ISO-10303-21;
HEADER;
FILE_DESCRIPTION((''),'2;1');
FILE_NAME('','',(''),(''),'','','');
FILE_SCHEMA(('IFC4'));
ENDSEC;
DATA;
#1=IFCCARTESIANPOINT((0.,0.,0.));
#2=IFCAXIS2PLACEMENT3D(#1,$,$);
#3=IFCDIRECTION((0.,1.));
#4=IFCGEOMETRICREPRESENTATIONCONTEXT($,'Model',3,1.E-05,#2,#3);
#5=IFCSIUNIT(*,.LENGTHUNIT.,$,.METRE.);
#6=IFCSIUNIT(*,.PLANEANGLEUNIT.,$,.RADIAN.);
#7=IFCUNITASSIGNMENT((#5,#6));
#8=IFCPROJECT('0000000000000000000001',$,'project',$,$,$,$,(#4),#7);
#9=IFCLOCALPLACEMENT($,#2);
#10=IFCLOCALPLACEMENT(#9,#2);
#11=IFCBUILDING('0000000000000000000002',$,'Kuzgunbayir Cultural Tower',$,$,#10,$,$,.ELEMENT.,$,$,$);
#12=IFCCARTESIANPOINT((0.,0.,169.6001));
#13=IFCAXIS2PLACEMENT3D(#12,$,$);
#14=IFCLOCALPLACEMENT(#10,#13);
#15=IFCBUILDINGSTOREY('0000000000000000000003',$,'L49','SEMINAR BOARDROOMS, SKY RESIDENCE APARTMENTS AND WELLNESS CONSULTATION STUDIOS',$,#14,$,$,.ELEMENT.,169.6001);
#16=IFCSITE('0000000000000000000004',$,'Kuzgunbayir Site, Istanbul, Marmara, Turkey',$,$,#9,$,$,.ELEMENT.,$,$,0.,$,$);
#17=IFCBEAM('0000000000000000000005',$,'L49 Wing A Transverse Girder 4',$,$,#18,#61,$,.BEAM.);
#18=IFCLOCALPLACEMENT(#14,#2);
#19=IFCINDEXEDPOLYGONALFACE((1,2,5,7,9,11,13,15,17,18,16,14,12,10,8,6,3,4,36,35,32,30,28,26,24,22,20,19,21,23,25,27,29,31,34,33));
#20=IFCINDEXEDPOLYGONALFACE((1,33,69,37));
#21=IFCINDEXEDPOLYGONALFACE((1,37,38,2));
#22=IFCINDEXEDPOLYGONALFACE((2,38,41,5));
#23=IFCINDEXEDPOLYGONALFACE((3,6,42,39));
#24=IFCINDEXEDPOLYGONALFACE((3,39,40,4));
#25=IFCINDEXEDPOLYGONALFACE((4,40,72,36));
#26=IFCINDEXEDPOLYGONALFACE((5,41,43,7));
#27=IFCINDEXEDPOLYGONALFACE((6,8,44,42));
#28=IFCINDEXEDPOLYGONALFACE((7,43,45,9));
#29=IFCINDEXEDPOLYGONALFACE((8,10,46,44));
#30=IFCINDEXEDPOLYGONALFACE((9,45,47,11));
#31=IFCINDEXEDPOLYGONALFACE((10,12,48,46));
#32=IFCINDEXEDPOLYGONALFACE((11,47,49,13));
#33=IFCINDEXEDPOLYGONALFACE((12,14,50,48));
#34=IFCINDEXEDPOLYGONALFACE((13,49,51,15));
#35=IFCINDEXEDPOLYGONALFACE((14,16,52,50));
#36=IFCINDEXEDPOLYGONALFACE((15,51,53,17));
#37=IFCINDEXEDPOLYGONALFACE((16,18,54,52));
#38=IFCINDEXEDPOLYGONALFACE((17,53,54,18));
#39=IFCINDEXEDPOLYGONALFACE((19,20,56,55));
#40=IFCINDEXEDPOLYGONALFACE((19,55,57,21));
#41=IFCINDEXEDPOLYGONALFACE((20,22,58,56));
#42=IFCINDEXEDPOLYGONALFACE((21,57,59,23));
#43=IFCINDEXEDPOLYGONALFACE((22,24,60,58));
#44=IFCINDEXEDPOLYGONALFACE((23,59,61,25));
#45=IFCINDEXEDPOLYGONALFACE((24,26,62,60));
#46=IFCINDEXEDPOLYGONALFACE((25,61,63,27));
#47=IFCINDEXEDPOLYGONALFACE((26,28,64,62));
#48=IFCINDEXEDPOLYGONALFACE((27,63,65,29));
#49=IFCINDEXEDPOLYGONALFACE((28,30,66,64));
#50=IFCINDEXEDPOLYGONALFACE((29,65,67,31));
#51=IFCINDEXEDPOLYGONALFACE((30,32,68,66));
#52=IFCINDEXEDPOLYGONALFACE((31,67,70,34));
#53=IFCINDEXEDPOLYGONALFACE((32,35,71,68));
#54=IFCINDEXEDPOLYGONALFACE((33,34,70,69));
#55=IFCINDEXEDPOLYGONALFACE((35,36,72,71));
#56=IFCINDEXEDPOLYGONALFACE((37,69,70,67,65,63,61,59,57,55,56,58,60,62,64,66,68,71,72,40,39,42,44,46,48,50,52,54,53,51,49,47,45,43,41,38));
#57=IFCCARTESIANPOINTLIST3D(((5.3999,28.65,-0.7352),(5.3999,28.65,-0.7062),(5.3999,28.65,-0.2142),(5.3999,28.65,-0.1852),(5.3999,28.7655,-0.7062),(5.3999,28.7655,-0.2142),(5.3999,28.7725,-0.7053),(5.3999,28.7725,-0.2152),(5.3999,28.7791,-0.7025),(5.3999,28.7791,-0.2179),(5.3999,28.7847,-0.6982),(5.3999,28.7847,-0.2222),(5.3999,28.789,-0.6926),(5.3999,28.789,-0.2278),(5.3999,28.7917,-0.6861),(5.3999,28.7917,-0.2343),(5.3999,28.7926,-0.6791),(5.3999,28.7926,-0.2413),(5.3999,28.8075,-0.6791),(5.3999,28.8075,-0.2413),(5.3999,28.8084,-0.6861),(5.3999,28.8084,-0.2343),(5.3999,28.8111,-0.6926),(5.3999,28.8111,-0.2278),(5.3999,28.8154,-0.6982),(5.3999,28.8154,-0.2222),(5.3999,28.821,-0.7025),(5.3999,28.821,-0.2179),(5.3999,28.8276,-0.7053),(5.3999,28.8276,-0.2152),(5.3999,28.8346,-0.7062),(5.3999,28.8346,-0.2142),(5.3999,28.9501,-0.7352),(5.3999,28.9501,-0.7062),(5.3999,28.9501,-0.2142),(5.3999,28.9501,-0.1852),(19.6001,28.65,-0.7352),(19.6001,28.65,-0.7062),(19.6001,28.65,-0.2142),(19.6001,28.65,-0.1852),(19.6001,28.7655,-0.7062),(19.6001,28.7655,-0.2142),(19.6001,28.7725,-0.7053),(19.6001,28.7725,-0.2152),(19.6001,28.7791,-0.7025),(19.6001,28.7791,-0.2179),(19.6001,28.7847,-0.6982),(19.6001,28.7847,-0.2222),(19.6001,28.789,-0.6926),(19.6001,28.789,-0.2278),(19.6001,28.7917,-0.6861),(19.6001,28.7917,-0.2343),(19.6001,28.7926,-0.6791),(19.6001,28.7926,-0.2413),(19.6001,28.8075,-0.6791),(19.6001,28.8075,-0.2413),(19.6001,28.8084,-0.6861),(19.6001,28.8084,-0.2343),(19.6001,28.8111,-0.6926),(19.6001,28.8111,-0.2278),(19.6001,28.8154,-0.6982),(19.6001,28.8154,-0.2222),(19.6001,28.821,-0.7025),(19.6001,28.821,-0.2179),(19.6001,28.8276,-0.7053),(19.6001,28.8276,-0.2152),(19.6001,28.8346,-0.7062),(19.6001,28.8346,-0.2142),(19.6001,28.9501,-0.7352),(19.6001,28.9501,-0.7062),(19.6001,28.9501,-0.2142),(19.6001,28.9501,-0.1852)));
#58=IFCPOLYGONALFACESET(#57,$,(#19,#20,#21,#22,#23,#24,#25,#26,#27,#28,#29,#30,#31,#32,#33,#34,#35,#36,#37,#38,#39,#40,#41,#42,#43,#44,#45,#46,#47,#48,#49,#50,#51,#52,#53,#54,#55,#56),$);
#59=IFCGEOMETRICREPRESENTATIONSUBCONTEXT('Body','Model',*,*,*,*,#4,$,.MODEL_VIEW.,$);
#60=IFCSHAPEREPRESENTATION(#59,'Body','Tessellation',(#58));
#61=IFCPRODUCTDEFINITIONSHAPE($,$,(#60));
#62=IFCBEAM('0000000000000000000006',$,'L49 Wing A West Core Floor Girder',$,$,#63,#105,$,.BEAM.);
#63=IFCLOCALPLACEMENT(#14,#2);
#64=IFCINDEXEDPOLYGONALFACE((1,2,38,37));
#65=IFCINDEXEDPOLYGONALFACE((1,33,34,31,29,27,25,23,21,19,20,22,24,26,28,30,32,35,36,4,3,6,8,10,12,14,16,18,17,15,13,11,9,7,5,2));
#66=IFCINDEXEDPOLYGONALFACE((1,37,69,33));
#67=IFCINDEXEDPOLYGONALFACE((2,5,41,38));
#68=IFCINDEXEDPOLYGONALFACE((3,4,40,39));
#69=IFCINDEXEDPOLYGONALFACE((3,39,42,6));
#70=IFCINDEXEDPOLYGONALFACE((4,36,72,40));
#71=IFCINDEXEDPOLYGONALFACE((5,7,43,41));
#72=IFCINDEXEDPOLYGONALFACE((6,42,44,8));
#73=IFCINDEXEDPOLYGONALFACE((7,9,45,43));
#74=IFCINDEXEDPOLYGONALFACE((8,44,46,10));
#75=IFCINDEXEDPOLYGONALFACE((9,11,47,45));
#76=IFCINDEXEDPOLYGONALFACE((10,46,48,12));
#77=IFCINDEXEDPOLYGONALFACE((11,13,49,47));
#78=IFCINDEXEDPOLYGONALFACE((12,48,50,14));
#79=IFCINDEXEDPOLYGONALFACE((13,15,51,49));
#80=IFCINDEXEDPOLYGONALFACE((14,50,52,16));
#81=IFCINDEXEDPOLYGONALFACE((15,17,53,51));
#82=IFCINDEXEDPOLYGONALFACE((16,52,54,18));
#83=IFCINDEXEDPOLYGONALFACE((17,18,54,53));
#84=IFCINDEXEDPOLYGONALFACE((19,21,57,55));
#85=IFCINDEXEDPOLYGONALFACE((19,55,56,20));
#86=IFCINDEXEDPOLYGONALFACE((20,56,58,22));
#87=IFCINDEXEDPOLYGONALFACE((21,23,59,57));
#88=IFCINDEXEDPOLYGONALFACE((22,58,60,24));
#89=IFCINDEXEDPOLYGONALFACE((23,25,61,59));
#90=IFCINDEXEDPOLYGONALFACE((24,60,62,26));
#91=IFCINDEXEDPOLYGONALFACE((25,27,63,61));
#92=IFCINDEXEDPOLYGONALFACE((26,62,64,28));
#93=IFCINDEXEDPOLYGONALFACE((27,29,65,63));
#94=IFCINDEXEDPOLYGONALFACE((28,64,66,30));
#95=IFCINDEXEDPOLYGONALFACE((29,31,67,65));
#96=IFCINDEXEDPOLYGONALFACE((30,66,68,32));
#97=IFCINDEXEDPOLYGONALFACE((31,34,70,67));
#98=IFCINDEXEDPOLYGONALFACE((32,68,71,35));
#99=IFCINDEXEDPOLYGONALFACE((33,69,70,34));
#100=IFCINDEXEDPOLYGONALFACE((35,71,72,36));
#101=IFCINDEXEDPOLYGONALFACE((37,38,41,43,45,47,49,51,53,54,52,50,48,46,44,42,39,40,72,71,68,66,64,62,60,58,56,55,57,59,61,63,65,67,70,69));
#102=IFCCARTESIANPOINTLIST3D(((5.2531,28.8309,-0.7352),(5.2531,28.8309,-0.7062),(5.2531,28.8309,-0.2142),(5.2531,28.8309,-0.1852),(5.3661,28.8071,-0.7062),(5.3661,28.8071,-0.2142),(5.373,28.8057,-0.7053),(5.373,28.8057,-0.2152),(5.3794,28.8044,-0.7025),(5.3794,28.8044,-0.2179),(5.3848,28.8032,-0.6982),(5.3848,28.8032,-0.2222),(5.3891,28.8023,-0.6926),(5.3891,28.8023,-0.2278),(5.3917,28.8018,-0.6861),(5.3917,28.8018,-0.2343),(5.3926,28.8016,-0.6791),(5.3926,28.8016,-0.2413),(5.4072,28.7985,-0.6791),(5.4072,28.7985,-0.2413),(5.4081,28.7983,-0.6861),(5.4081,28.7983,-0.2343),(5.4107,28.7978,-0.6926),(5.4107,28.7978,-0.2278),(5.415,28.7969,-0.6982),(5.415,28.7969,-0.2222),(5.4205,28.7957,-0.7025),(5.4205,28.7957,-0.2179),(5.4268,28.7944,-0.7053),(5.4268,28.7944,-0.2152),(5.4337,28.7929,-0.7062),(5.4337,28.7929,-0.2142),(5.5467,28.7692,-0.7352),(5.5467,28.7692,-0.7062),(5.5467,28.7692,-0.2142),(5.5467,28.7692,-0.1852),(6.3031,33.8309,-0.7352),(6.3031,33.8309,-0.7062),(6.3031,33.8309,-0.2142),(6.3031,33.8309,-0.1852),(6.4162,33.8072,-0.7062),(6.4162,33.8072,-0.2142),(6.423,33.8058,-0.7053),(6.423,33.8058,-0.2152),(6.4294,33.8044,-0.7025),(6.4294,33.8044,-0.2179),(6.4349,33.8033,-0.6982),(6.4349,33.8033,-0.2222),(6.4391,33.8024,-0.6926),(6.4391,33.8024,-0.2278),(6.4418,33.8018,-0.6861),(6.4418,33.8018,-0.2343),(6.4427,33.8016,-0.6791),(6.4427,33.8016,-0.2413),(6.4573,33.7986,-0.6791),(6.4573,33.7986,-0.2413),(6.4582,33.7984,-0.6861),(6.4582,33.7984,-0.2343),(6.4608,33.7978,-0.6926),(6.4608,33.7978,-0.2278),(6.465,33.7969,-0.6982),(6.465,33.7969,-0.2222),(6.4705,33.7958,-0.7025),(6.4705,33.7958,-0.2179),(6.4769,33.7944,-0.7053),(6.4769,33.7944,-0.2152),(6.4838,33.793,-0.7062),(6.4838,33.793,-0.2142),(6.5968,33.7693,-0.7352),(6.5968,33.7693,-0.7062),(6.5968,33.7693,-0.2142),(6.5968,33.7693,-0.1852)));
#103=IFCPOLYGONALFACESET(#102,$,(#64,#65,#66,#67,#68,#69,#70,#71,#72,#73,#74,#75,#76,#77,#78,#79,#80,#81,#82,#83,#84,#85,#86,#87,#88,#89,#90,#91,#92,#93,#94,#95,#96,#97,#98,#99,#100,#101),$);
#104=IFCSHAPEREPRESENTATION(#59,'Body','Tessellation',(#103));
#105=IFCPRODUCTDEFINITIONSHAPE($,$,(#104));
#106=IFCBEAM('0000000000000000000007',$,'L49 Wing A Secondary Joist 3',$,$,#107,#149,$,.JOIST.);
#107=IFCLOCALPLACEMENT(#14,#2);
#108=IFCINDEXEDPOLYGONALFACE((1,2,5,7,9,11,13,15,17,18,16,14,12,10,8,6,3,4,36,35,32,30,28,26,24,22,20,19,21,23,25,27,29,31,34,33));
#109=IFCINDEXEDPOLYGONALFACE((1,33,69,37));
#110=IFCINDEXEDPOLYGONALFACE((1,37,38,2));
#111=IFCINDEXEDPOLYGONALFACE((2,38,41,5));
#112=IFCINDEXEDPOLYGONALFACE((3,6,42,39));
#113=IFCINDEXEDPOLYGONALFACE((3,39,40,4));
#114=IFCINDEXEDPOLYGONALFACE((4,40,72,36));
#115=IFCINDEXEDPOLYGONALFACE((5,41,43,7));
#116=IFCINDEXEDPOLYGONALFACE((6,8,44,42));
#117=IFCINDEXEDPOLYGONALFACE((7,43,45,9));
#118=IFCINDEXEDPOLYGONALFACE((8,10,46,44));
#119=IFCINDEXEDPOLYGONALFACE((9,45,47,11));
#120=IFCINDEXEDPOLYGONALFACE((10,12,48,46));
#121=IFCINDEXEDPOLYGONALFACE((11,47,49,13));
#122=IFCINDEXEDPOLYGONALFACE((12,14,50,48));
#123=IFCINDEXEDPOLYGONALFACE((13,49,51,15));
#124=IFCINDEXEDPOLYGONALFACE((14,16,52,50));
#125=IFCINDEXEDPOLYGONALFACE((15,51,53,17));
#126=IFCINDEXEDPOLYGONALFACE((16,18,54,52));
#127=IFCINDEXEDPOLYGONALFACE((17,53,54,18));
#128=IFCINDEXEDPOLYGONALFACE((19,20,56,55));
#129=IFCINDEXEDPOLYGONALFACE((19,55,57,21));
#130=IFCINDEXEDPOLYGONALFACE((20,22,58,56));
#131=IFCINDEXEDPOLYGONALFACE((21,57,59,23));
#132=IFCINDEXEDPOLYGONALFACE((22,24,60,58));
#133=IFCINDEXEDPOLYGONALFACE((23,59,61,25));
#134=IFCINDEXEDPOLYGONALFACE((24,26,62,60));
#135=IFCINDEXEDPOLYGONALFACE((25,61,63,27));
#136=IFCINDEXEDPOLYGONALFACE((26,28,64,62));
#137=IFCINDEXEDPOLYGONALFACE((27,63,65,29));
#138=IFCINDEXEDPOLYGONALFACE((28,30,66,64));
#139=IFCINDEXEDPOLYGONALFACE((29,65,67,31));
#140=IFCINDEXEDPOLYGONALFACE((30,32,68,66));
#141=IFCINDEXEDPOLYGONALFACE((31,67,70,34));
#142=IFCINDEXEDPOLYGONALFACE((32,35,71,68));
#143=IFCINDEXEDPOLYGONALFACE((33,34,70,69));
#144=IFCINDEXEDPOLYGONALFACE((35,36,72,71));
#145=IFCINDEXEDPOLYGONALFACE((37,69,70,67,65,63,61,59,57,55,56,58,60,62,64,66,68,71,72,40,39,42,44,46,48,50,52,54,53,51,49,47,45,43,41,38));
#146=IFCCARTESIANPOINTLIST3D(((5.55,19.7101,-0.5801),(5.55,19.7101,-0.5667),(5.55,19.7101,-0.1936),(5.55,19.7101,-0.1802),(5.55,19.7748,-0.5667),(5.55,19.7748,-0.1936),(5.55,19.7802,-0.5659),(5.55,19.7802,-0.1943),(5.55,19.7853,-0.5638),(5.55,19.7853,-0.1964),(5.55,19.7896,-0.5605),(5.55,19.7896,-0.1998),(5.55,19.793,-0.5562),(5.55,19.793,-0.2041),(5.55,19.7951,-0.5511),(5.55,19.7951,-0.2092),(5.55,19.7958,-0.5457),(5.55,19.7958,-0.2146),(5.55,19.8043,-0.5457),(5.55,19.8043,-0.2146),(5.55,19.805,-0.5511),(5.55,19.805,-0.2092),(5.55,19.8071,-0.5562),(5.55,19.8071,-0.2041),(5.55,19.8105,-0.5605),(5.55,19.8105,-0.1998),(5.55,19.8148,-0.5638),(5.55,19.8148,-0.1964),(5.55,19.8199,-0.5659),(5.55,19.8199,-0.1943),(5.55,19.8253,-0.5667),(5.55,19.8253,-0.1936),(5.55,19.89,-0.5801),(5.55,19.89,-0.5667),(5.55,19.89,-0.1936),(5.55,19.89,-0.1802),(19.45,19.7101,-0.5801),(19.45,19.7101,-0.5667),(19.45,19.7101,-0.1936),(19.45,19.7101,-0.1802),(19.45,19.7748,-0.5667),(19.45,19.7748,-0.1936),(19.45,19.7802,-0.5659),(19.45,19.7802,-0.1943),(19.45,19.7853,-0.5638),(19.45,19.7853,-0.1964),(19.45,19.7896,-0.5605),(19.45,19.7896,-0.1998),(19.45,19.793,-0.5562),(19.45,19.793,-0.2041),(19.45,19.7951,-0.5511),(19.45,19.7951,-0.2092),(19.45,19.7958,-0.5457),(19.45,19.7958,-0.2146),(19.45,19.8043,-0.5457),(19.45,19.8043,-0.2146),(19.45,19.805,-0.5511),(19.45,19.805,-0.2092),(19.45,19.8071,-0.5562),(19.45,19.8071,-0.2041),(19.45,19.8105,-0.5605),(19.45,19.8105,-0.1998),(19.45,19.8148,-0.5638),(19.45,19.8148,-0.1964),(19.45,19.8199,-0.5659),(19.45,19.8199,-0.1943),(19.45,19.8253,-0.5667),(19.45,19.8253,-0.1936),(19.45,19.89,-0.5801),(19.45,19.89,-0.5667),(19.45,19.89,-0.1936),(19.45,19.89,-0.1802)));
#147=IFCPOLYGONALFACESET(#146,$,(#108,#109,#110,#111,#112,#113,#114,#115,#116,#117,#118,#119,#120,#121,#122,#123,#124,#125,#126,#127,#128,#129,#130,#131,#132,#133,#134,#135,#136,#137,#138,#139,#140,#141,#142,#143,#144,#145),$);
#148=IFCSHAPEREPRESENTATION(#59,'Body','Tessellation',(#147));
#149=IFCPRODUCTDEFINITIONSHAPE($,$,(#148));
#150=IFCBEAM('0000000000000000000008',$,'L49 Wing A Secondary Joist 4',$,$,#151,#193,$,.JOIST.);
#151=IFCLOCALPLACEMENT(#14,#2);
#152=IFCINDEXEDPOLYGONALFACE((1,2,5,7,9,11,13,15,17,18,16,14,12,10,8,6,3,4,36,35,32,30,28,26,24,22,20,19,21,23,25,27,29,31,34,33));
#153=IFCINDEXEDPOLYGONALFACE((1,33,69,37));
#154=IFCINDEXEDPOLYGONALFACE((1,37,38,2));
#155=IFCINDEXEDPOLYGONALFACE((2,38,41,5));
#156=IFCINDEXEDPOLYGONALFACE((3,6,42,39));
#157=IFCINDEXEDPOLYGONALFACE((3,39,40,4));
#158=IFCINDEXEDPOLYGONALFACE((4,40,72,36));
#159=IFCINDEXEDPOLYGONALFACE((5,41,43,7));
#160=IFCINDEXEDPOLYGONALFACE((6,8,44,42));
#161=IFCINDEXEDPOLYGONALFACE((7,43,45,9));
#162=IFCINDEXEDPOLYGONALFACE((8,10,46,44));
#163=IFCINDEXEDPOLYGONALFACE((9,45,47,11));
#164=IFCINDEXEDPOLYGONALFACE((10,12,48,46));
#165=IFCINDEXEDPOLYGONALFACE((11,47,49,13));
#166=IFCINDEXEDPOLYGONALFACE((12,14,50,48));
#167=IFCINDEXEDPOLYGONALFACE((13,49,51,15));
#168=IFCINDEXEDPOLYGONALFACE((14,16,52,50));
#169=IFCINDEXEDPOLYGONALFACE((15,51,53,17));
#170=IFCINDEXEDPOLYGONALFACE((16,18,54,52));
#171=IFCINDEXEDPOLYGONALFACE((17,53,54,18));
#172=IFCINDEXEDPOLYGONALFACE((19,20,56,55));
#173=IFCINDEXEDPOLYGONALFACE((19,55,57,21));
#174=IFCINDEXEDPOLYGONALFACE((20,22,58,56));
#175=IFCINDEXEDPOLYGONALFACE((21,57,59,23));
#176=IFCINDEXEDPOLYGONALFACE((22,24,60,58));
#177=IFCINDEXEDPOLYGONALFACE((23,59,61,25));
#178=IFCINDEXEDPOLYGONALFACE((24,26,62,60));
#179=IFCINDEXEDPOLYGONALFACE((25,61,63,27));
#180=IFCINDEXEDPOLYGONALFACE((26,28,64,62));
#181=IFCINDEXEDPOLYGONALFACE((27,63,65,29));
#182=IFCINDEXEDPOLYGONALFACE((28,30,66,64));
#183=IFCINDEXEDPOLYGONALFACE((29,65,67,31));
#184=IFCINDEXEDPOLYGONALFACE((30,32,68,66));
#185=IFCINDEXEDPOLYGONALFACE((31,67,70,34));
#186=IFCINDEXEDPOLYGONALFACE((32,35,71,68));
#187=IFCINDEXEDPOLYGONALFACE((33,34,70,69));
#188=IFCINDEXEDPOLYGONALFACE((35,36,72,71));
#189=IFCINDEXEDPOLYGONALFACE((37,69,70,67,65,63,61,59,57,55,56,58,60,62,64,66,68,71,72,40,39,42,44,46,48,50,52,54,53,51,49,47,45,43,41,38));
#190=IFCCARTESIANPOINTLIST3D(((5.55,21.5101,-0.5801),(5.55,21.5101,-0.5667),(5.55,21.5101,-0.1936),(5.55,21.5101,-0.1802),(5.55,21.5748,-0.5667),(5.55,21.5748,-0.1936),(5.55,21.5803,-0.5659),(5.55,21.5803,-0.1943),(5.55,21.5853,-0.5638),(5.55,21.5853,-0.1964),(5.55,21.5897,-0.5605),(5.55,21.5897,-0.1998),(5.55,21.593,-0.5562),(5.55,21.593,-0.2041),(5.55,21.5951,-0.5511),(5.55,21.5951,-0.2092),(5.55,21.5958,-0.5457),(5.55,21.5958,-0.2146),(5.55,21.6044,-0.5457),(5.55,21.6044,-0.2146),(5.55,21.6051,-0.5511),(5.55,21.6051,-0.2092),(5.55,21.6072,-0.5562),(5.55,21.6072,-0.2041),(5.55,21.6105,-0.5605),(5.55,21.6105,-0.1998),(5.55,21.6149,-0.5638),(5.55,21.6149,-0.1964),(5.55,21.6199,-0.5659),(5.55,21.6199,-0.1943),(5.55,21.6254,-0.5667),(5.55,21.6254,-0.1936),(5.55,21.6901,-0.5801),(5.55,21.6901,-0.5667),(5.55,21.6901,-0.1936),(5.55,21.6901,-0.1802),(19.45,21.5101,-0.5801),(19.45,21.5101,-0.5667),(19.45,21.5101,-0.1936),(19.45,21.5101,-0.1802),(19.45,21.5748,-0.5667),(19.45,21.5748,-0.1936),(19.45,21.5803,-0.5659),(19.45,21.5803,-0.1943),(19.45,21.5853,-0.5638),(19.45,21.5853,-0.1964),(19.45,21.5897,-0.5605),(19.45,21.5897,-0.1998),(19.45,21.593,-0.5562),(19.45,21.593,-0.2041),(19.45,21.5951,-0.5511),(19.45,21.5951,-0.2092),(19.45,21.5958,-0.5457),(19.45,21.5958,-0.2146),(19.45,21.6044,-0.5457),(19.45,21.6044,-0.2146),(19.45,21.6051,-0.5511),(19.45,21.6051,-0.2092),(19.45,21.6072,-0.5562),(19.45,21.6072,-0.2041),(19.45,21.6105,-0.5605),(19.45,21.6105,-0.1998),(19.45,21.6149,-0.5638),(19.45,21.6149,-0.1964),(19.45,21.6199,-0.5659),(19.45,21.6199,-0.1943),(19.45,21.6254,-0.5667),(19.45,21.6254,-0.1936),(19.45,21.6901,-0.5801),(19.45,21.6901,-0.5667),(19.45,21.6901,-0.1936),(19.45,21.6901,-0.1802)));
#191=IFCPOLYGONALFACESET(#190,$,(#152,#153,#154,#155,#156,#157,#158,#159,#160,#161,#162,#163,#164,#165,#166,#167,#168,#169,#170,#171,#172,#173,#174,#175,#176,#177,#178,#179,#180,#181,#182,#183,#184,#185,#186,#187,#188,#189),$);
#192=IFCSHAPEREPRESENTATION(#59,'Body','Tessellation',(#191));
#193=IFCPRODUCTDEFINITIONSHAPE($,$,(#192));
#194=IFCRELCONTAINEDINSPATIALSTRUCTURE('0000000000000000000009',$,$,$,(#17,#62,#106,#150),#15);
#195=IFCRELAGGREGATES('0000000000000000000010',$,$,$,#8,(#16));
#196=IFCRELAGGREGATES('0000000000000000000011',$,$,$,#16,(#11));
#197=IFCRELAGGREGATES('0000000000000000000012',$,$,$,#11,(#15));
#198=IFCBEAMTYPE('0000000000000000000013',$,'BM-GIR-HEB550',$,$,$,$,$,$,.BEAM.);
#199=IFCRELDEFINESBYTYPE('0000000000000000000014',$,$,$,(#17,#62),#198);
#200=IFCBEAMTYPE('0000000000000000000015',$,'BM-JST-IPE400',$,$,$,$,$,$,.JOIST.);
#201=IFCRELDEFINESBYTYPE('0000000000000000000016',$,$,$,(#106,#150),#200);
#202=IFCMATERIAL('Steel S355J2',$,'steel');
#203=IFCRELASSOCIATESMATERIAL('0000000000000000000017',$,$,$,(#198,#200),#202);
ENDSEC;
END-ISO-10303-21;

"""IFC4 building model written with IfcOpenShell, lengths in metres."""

from ifc_helpers import new_model, si_unit, direction, frame, origin, origin_2d, place, context, subcontext, project, spatial, i_section, extrude, material, material_profile, profile_set, type_object, element, save


model = new_model("IFC4")

# Units and contexts
model_context = context("Model", 3, precision=1e-05, world=origin(), true_north=direction((0.0, 1.0)))
body_context = subcontext(model_context, "Body", "Model", "MODEL_VIEW")
ifc_project = project(units=[si_unit("LENGTHUNIT", "METRE"), si_unit("PLANEANGLEUNIT", "RADIAN")], contexts=[model_context])

# Site, building, storey
site_placement = place(None, origin())
site = spatial("IfcSite", under=ifc_project, at=site_placement, Name="Kuzgunbayir Site, Istanbul, Marmara, Turkey", CompositionType="ELEMENT", RefElevation=0.0)
building_placement = place(site_placement, origin())
building = spatial("IfcBuilding", under=site, at=building_placement, Name="Kuzgunbayir Cultural Tower", CompositionType="ELEMENT")
storey_placement = place(building_placement, frame((0.0, 0.0, 169.6001)))
storey = spatial("IfcBuildingStorey", under=building, at=storey_placement, Name="L49", Description="SEMINAR BOARDROOMS, SKY RESIDENCE APARTMENTS AND WELLNESS CONSULTATION STUDIOS", CompositionType="ELEMENT", Elevation=169.6001)

# Beams
ifc_material_1 = material(Name="Steel S355J2", Category="steel")
ifc_material_profile_1 = material_profile(ifc_material_1, i_section(OverallWidth=0.3, OverallDepth=0.55, WebThickness=0.0149, FlangeThickness=0.0291, FilletRadius=0.0271, at=origin_2d()), Name="HEB 550")
ifc_profile_set_1 = profile_set([ifc_material_profile_1], Name="Steel S355J2")
beam_type_1 = type_object("IfcBeamType", Name="BM-GIR-HEB550", PredefinedType="BEAM", material=ifc_profile_set_1)
for number, where, z_axis, x_axis, name in (
    (1, (5.3999, 28.8, -0.4602), (1.0, 0.0, 0.0), (0.0, 1.0, 0.0), "L49 Wing A Transverse Girder 4"),
):
    element("IfcBeam", number, at=place(storey_placement, frame(where, z_axis=z_axis, x_axis=x_axis)), inside=storey, type_object=beam_type_1, Name=name, PredefinedType="BEAM", context=body_context, shape_type="SweptSolid", body=[
        extrude(i_section(OverallWidth=0.3, OverallDepth=0.55, WebThickness=0.0149, FlangeThickness=0.0291, FilletRadius=0.0271, at=origin_2d()), origin(), (0.0, 0.0, 1.0), 14.2002),
    ])
beam_1_placement = place(storey_placement, frame((5.3999, 28.8, -0.4602), z_axis=(0.205526, 0.978652, 0.0), x_axis=(-0.978652, 0.205526, 0.0)))
element("IfcBeam", 2, at=beam_1_placement, inside=storey, type_object=beam_type_1, Name="L49 Wing A West Core Floor Girder", PredefinedType="BEAM", context=body_context, shape_type="SweptSolid", body=[
    extrude(i_section(OverallWidth=0.3, OverallDepth=0.55, WebThickness=0.0149, FlangeThickness=0.0291, FilletRadius=0.0271, at=origin_2d()), origin(), (0.0, 0.0, 1.0), 5.1091),
])
ifc_material_profile_2 = material_profile(ifc_material_1, i_section(OverallWidth=0.1799, OverallDepth=0.3999, WebThickness=0.0085, FlangeThickness=0.0134, FilletRadius=0.021, at=origin_2d()), Name="IPE 400")
ifc_profile_set_2 = profile_set([ifc_material_profile_2], Name="Steel S355J2")
beam_type_2 = type_object("IfcBeamType", Name="BM-JST-IPE400", PredefinedType="JOIST", material=ifc_profile_set_2)
for number, where, z_axis, x_axis, name in (
    (3, (5.55, 19.8, -0.3801), (1.0, 0.0, 0.0), (0.0, 1.0, 0.0), "L49 Wing A Secondary Joist 3"),
    (4, (5.55, 21.6001, -0.3801), (1.0, 0.0, 0.0), (0.0, 1.0, 0.0), "L49 Wing A Secondary Joist 4"),
):
    element("IfcBeam", number, at=place(storey_placement, frame(where, z_axis=z_axis, x_axis=x_axis)), inside=storey, type_object=beam_type_2, Name=name, PredefinedType="JOIST", context=body_context, shape_type="SweptSolid", body=[
        extrude(i_section(OverallWidth=0.1799, OverallDepth=0.3999, WebThickness=0.0085, FlangeThickness=0.0134, FilletRadius=0.021, at=origin_2d()), origin(), (0.0, 0.0, 1.0), 13.8999),
    ])

save(model, "model.ifc")
